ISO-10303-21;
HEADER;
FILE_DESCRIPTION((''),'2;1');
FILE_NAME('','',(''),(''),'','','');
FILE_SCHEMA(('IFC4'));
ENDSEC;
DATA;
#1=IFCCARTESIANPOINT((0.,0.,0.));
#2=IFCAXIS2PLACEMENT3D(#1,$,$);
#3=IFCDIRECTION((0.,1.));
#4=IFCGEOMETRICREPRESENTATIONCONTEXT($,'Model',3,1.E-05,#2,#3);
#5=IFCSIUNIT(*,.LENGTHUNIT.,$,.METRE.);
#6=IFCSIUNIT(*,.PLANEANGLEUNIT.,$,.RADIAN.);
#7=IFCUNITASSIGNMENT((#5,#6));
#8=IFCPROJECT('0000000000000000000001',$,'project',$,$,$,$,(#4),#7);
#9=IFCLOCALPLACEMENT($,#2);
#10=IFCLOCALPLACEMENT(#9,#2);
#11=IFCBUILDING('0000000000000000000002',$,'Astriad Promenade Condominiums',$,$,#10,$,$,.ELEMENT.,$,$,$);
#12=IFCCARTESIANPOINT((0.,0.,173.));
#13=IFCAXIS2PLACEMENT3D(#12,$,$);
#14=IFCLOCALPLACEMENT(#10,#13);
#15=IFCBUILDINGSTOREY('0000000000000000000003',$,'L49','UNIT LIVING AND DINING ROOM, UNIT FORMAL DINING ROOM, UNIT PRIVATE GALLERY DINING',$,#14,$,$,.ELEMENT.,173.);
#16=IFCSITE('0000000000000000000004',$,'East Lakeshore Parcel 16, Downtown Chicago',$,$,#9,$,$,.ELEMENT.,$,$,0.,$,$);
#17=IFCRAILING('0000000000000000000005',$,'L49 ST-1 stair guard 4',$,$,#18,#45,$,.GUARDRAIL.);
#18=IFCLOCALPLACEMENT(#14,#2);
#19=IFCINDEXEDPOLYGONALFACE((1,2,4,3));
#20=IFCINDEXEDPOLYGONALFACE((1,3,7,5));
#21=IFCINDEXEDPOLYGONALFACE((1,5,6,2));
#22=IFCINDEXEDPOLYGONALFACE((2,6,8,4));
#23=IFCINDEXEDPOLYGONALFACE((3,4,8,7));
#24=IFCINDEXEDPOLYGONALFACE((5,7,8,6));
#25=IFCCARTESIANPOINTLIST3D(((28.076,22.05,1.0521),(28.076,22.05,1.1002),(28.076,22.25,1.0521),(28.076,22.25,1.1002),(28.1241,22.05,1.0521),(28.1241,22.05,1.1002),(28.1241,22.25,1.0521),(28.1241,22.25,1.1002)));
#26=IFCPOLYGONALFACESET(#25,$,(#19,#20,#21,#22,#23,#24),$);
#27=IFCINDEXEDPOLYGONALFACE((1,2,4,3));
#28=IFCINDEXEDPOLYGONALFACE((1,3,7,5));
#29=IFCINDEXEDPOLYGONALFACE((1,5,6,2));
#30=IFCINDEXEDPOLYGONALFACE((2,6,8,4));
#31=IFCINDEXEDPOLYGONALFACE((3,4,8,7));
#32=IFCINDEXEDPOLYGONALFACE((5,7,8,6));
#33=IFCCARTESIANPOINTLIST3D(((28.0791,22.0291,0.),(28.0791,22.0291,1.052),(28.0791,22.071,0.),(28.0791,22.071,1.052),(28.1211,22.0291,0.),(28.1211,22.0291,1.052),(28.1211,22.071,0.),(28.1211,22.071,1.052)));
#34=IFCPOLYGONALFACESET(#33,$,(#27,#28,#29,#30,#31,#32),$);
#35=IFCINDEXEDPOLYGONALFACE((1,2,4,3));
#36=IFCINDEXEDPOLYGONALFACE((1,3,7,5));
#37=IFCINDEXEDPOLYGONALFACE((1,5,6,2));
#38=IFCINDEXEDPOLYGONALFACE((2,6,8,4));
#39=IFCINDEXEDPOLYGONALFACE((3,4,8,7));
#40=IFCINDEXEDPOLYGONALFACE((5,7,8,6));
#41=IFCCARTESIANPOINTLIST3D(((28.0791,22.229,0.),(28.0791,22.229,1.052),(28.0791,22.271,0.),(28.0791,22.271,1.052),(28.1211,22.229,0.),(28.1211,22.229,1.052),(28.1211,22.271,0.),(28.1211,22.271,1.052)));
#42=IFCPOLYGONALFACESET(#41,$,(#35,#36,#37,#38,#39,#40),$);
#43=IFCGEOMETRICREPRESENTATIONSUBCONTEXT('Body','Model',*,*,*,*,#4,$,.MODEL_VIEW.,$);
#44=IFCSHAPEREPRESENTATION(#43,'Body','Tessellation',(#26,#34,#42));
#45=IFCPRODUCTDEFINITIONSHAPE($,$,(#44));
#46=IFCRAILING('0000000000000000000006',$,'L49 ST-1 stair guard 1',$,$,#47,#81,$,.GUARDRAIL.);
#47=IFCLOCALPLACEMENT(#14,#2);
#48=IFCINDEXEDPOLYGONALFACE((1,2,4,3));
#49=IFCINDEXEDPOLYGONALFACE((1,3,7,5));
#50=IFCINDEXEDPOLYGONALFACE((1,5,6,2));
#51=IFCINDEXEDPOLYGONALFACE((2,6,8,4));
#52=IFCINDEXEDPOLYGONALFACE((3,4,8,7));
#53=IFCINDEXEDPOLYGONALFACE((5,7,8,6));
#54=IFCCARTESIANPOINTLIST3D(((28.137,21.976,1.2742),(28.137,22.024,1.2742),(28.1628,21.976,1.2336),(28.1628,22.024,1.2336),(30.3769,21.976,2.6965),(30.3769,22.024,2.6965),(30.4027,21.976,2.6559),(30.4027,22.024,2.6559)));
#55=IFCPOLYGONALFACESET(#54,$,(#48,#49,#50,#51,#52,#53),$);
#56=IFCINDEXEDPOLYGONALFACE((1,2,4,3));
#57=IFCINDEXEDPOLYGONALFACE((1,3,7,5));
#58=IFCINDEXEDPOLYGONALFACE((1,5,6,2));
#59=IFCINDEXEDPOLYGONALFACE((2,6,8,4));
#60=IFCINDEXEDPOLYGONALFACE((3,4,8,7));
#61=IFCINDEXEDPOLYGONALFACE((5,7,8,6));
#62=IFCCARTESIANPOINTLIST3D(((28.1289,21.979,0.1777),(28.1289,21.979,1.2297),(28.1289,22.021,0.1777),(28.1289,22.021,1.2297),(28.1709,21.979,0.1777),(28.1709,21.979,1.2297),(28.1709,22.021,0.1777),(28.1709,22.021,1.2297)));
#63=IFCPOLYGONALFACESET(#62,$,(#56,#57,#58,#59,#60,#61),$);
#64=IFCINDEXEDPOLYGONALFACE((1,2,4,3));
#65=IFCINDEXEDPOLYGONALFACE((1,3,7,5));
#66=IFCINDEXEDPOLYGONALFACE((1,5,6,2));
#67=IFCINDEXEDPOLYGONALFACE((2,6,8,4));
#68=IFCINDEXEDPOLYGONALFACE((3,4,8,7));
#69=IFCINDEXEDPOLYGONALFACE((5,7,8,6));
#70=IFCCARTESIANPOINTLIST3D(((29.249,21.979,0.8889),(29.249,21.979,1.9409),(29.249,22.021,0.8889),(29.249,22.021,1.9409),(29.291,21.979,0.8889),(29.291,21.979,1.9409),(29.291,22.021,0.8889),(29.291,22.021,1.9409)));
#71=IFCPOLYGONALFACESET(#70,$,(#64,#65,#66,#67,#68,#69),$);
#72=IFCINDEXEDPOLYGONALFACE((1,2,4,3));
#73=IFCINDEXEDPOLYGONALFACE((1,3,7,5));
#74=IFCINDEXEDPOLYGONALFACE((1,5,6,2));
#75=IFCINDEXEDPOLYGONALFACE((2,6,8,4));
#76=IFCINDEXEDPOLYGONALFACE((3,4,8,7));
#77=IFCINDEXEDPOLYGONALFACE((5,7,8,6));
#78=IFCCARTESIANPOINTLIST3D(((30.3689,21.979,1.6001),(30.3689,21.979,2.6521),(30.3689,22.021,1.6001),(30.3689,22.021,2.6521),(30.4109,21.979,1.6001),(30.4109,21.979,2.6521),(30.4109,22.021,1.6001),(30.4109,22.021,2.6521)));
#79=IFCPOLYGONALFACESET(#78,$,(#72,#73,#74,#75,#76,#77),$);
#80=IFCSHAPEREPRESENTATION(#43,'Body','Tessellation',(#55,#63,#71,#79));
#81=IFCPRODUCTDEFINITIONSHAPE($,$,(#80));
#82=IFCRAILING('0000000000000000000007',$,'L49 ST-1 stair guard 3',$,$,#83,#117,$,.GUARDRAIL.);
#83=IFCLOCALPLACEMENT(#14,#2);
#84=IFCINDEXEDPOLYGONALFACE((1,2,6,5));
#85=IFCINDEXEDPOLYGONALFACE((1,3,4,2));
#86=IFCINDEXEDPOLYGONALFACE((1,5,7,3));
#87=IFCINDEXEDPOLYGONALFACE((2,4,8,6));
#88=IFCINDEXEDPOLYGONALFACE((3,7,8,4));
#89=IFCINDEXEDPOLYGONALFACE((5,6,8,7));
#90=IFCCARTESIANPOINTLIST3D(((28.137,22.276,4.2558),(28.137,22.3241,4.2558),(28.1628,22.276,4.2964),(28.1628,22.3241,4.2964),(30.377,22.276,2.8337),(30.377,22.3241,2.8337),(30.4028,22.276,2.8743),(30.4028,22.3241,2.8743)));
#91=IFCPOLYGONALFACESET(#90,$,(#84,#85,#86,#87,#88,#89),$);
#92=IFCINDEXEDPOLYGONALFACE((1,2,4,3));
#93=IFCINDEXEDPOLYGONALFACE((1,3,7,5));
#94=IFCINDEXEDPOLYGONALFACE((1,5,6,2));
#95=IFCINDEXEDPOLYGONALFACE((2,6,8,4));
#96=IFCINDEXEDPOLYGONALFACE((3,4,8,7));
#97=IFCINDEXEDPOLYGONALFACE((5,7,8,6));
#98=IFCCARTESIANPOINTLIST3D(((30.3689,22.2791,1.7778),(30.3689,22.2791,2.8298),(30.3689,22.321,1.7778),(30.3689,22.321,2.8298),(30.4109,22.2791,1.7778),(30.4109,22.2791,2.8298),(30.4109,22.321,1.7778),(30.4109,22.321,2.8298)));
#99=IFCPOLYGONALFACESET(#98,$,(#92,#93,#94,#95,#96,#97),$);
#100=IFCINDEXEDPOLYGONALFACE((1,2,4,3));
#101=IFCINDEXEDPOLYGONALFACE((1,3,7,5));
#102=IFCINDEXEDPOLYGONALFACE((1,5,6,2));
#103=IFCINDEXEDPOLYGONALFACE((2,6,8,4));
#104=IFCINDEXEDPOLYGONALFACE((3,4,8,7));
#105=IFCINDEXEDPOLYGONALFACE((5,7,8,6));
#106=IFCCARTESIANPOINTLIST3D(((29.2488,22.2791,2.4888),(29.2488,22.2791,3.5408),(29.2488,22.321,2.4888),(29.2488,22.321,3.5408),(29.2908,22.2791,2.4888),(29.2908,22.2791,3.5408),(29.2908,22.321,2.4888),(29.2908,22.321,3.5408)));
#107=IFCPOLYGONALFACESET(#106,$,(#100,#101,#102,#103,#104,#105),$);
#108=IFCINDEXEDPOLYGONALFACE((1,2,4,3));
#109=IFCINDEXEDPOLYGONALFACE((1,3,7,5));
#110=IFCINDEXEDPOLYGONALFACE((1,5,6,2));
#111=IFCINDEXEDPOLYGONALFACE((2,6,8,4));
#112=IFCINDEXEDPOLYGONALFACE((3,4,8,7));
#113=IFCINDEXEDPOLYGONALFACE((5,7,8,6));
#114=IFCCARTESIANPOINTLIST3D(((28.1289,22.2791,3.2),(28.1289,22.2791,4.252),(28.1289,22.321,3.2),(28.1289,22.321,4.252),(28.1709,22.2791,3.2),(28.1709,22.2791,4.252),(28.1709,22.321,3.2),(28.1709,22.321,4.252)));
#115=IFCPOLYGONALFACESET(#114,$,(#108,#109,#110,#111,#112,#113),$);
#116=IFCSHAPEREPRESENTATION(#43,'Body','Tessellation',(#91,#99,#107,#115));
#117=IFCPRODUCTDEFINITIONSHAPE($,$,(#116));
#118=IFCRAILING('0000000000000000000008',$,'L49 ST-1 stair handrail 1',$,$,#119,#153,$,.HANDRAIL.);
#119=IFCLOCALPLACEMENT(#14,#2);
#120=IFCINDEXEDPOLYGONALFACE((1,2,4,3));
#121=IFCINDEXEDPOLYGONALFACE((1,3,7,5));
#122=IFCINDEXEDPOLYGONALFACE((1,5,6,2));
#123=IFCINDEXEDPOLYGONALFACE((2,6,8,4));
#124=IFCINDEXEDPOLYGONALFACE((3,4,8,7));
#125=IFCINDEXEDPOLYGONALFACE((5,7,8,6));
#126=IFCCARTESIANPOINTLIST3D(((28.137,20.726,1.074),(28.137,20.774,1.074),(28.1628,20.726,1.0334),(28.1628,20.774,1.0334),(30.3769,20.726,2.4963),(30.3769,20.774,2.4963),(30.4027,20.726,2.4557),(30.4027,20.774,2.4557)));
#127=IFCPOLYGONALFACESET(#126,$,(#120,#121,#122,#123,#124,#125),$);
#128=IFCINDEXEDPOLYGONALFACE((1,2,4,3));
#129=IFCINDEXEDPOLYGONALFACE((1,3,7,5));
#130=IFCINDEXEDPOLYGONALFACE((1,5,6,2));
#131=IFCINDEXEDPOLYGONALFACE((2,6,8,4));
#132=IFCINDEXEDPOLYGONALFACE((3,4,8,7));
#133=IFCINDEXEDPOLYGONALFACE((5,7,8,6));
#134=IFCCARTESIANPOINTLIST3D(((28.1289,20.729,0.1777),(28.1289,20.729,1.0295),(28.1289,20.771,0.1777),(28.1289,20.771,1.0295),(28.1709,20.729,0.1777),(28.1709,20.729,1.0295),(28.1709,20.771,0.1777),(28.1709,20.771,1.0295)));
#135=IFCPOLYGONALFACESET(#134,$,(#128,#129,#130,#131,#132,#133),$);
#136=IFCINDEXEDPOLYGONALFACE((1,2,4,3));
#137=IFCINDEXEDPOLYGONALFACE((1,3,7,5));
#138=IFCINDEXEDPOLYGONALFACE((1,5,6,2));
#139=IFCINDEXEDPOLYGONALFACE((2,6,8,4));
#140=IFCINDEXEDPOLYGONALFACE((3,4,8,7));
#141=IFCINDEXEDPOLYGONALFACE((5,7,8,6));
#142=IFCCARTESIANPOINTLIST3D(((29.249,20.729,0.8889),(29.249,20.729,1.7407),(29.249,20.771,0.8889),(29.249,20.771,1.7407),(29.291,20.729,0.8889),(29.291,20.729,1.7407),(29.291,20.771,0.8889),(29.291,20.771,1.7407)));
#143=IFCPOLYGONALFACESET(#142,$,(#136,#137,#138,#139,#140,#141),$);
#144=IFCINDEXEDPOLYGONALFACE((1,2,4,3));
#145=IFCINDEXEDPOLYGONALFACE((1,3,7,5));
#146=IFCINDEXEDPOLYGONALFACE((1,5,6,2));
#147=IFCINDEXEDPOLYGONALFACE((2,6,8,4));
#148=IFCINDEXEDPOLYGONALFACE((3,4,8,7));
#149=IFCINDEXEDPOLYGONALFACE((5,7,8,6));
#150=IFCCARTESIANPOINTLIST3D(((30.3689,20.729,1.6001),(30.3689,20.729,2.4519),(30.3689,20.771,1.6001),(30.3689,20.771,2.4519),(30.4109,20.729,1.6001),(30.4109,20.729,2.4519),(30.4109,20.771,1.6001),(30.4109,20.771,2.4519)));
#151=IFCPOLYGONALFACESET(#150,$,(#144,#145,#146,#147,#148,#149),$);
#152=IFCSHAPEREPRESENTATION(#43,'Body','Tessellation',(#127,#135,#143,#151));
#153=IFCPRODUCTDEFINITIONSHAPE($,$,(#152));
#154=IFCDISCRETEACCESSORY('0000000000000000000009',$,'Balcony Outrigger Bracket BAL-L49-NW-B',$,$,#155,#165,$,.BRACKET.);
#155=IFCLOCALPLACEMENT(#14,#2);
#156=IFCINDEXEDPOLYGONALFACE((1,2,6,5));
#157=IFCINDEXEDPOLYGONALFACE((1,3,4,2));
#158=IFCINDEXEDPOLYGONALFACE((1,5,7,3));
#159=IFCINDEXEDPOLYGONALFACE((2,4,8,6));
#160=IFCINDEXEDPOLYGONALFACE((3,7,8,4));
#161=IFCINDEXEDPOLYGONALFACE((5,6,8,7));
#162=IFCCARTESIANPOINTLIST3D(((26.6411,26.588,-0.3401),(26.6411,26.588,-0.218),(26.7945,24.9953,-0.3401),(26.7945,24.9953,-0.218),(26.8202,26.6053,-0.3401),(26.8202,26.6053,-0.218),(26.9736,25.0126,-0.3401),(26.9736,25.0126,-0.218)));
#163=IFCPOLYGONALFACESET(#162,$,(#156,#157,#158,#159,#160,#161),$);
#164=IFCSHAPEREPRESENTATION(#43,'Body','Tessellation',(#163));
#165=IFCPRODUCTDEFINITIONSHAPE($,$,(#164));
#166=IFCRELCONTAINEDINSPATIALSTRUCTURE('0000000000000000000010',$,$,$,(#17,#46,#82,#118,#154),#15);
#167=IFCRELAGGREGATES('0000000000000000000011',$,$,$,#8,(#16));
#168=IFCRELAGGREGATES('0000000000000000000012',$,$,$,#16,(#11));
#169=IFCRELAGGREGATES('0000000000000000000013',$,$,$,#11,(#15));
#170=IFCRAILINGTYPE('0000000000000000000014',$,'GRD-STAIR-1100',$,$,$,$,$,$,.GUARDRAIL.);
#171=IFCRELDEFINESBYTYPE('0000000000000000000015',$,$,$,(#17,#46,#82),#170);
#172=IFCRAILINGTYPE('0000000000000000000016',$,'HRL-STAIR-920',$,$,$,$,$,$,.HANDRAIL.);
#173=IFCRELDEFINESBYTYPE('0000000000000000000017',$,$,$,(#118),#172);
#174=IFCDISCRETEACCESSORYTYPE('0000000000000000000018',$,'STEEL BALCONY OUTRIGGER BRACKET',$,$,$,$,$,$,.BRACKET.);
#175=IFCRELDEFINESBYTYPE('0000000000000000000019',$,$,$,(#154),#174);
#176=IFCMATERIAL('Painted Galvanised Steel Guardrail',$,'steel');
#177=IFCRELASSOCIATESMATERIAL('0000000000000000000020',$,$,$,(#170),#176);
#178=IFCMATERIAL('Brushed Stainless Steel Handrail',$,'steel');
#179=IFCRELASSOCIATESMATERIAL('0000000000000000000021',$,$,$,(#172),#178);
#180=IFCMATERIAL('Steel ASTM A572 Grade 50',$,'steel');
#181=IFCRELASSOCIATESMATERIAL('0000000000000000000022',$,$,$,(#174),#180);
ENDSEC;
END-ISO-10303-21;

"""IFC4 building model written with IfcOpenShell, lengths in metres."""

from ifc_helpers import new_model, si_unit, direction, frame, origin, origin_2d, place, context, subcontext, project, spatial, rectangle, extrude, source, transform, mapped, material, type_object, type_shapes, element, save


model = new_model("IFC4")

# Units and contexts
model_context = context("Model", 3, precision=1e-05, world=origin(), true_north=direction((0.0, 1.0)))
body_context = subcontext(model_context, "Body", "Model", "MODEL_VIEW")
ifc_project = project(units=[si_unit("LENGTHUNIT", "METRE"), si_unit("PLANEANGLEUNIT", "RADIAN")], contexts=[model_context])

# Site, building, storey
site_placement = place(None, origin())
site = spatial("IfcSite", under=ifc_project, at=site_placement, Name="East Lakeshore Parcel 16, Downtown Chicago", CompositionType="ELEMENT", RefElevation=0.0)
building_placement = place(site_placement, origin())
building = spatial("IfcBuilding", under=site, at=building_placement, Name="Astriad Promenade Condominiums", CompositionType="ELEMENT")
storey_placement = place(building_placement, frame((0.0, 0.0, 173.0)))
storey = spatial("IfcBuildingStorey", under=building, at=storey_placement, Name="L49", Description="UNIT LIVING AND DINING ROOM, UNIT FORMAL DINING ROOM, UNIT PRIVATE GALLERY DINING", CompositionType="ELEMENT", Elevation=173.0)

# Railings
ifc_material_1 = material(Name="Painted Galvanised Steel Guardrail", Category="steel")
railing_type_1 = type_object("IfcRailingType", Name="GRD-STAIR-1100", PredefinedType="GUARDRAIL", material=ifc_material_1)
shared_shape_1 = source(origin(), body_context, "Body", "SweptSolid", [
    extrude(rectangle(XDim=0.0481, YDim=0.0481, at=origin_2d()), frame((0.0, 0.0, 1.0762), z_axis=(0.0, 1.0, 0.0), x_axis=(-1.0, 0.0, 0.0)), (0.0, 0.0, 1.0), 0.2),
    extrude(rectangle(XDim=0.042, YDim=0.042, at=origin_2d()), origin(), (0.0, 0.0, 1.0), 1.052),
    extrude(rectangle(XDim=0.042, YDim=0.042, at=origin_2d()), frame((0.0, 0.2, 0.0)), (0.0, 0.0, 1.0), 1.052),
])
railing_1_placement = place(storey_placement, frame((28.1001, 22.05, 0.0)))
element("IfcRailing", 1, at=railing_1_placement, inside=storey, type_object=railing_type_1, Name="L49 ST-1 stair guard 4", PredefinedType="GUARDRAIL", context=body_context, shape_type="MappedRepresentation", body=[
    mapped(shared_shape_1, transform((0.0, 0.0, 0.0), scale=1.0)),
])
shared_shape_2 = source(origin(), body_context, "Body", "SweptSolid", [
    extrude(rectangle(XDim=0.0481, YDim=0.0481, at=origin_2d()), frame((0.0, 0.0, 1.0762), z_axis=(0.844188, 0.0, 0.536048), x_axis=(0.0, 1.0, 0.0)), (0.0, 0.0, 1.0), 2.6533),
    extrude(rectangle(XDim=0.042, YDim=0.042, at=origin_2d()), origin(), (0.0, 0.0, 1.0), 1.052),
    extrude(rectangle(XDim=0.042, YDim=0.042, at=origin_2d()), frame((1.1201, 0.0, 0.7112)), (0.0, 0.0, 1.0), 1.052),
    extrude(rectangle(XDim=0.042, YDim=0.042, at=origin_2d()), frame((2.24, 0.0, 1.4224)), (0.0, 0.0, 1.0), 1.052),
])
railing_2_placement = place(storey_placement, frame((28.1499, 22.0, 0.1777)))
element("IfcRailing", 2, at=railing_2_placement, inside=storey, type_object=railing_type_1, Name="L49 ST-1 stair guard 1", PredefinedType="GUARDRAIL", context=body_context, shape_type="MappedRepresentation", body=[
    mapped(shared_shape_2, transform((0.0, 0.0, 0.0), scale=1.0)),
])
shared_shape_3 = source(origin(), body_context, "Body", "SweptSolid", [
    extrude(rectangle(XDim=0.0481, YDim=0.0481, at=origin_2d()), frame((0.0, 0.0, 1.0762), z_axis=(-0.844229, 0.0, 0.535982), x_axis=(0.0, -1.0, 0.0)), (0.0, 0.0, 1.0), 2.6533),
    extrude(rectangle(XDim=0.042, YDim=0.042, at=origin_2d()), origin(), (0.0, 0.0, 1.0), 1.052),
    extrude(rectangle(XDim=0.042, YDim=0.042, at=origin_2d()), frame((-1.1201, 0.0, 0.7109)), (0.0, 0.0, 1.0), 1.052),
    extrude(rectangle(XDim=0.042, YDim=0.042, at=origin_2d()), frame((-2.24, 0.0, 1.4221)), (0.0, 0.0, 1.0), 1.052),
])
type_shapes(railing_type_1, [shared_shape_1, shared_shape_2, shared_shape_3])
railing_3_placement = place(storey_placement, frame((30.3899, 22.3, 1.7778)))
element("IfcRailing", 3, at=railing_3_placement, inside=storey, type_object=railing_type_1, Name="L49 ST-1 stair guard 3", PredefinedType="GUARDRAIL", context=body_context, shape_type="MappedRepresentation", body=[
    mapped(shared_shape_3, transform((0.0, 0.0, 0.0), scale=1.0)),
])
ifc_material_2 = material(Name="Brushed Stainless Steel Handrail", Category="steel")
railing_type_2 = type_object("IfcRailingType", Name="HRL-STAIR-920", PredefinedType="HANDRAIL", material=ifc_material_2)
shared_shape_4 = source(origin(), body_context, "Body", "SweptSolid", [
    extrude(rectangle(XDim=0.0481, YDim=0.0481, at=origin_2d()), frame((0.0, 0.0, 0.876), z_axis=(0.844188, 0.0, 0.536048), x_axis=(0.0, 1.0, 0.0)), (0.0, 0.0, 1.0), 2.6533),
    extrude(rectangle(XDim=0.042, YDim=0.042, at=origin_2d()), origin(), (0.0, 0.0, 1.0), 0.8518),
    extrude(rectangle(XDim=0.042, YDim=0.042, at=origin_2d()), frame((1.1201, 0.0, 0.7112)), (0.0, 0.0, 1.0), 0.8518),
    extrude(rectangle(XDim=0.042, YDim=0.042, at=origin_2d()), frame((2.24, 0.0, 1.4224)), (0.0, 0.0, 1.0), 0.8518),
])
type_shapes(railing_type_2, [shared_shape_4])
railing_4_placement = place(storey_placement, frame((28.1499, 20.75, 0.1777)))
element("IfcRailing", 4, at=railing_4_placement, inside=storey, type_object=railing_type_2, Name="L49 ST-1 stair handrail 1", PredefinedType="HANDRAIL", context=body_context, shape_type="MappedRepresentation", body=[
    mapped(shared_shape_4, transform((0.0, 0.0, 0.0), scale=1.0)),
])

# Discrete accessory
ifc_material_3 = material(Name="Steel ASTM A572 Grade 50", Category="steel")
discrete_accessory_type = type_object("IfcDiscreteAccessoryType", Name="STEEL BALCONY OUTRIGGER BRACKET", PredefinedType="BRACKET", material=ifc_material_3)
shared_shape_5 = source(origin(), body_context, "Body", "SweptSolid", [
    extrude(rectangle(XDim=1.6001, YDim=0.1799, at=origin_2d()), origin(), (0.0, 0.0, 1.0), 0.1221),
])
type_shapes(discrete_accessory_type, [shared_shape_5])
discrete_accessory_placement = place(storey_placement, frame((26.8074, 25.8003, -0.3401), z_axis=(0.0, 0.0, 1.0), x_axis=(-0.095846, 0.995396, 0.0)))
element("IfcDiscreteAccessory", 5, at=discrete_accessory_placement, inside=storey, type_object=discrete_accessory_type, Name="Balcony Outrigger Bracket BAL-L49-NW-B", PredefinedType="BRACKET", context=body_context, shape_type="MappedRepresentation", body=[
    mapped(shared_shape_5, transform((0.0, 0.0, 0.0), scale=1.0)),
])

save(model, "model.ifc")
